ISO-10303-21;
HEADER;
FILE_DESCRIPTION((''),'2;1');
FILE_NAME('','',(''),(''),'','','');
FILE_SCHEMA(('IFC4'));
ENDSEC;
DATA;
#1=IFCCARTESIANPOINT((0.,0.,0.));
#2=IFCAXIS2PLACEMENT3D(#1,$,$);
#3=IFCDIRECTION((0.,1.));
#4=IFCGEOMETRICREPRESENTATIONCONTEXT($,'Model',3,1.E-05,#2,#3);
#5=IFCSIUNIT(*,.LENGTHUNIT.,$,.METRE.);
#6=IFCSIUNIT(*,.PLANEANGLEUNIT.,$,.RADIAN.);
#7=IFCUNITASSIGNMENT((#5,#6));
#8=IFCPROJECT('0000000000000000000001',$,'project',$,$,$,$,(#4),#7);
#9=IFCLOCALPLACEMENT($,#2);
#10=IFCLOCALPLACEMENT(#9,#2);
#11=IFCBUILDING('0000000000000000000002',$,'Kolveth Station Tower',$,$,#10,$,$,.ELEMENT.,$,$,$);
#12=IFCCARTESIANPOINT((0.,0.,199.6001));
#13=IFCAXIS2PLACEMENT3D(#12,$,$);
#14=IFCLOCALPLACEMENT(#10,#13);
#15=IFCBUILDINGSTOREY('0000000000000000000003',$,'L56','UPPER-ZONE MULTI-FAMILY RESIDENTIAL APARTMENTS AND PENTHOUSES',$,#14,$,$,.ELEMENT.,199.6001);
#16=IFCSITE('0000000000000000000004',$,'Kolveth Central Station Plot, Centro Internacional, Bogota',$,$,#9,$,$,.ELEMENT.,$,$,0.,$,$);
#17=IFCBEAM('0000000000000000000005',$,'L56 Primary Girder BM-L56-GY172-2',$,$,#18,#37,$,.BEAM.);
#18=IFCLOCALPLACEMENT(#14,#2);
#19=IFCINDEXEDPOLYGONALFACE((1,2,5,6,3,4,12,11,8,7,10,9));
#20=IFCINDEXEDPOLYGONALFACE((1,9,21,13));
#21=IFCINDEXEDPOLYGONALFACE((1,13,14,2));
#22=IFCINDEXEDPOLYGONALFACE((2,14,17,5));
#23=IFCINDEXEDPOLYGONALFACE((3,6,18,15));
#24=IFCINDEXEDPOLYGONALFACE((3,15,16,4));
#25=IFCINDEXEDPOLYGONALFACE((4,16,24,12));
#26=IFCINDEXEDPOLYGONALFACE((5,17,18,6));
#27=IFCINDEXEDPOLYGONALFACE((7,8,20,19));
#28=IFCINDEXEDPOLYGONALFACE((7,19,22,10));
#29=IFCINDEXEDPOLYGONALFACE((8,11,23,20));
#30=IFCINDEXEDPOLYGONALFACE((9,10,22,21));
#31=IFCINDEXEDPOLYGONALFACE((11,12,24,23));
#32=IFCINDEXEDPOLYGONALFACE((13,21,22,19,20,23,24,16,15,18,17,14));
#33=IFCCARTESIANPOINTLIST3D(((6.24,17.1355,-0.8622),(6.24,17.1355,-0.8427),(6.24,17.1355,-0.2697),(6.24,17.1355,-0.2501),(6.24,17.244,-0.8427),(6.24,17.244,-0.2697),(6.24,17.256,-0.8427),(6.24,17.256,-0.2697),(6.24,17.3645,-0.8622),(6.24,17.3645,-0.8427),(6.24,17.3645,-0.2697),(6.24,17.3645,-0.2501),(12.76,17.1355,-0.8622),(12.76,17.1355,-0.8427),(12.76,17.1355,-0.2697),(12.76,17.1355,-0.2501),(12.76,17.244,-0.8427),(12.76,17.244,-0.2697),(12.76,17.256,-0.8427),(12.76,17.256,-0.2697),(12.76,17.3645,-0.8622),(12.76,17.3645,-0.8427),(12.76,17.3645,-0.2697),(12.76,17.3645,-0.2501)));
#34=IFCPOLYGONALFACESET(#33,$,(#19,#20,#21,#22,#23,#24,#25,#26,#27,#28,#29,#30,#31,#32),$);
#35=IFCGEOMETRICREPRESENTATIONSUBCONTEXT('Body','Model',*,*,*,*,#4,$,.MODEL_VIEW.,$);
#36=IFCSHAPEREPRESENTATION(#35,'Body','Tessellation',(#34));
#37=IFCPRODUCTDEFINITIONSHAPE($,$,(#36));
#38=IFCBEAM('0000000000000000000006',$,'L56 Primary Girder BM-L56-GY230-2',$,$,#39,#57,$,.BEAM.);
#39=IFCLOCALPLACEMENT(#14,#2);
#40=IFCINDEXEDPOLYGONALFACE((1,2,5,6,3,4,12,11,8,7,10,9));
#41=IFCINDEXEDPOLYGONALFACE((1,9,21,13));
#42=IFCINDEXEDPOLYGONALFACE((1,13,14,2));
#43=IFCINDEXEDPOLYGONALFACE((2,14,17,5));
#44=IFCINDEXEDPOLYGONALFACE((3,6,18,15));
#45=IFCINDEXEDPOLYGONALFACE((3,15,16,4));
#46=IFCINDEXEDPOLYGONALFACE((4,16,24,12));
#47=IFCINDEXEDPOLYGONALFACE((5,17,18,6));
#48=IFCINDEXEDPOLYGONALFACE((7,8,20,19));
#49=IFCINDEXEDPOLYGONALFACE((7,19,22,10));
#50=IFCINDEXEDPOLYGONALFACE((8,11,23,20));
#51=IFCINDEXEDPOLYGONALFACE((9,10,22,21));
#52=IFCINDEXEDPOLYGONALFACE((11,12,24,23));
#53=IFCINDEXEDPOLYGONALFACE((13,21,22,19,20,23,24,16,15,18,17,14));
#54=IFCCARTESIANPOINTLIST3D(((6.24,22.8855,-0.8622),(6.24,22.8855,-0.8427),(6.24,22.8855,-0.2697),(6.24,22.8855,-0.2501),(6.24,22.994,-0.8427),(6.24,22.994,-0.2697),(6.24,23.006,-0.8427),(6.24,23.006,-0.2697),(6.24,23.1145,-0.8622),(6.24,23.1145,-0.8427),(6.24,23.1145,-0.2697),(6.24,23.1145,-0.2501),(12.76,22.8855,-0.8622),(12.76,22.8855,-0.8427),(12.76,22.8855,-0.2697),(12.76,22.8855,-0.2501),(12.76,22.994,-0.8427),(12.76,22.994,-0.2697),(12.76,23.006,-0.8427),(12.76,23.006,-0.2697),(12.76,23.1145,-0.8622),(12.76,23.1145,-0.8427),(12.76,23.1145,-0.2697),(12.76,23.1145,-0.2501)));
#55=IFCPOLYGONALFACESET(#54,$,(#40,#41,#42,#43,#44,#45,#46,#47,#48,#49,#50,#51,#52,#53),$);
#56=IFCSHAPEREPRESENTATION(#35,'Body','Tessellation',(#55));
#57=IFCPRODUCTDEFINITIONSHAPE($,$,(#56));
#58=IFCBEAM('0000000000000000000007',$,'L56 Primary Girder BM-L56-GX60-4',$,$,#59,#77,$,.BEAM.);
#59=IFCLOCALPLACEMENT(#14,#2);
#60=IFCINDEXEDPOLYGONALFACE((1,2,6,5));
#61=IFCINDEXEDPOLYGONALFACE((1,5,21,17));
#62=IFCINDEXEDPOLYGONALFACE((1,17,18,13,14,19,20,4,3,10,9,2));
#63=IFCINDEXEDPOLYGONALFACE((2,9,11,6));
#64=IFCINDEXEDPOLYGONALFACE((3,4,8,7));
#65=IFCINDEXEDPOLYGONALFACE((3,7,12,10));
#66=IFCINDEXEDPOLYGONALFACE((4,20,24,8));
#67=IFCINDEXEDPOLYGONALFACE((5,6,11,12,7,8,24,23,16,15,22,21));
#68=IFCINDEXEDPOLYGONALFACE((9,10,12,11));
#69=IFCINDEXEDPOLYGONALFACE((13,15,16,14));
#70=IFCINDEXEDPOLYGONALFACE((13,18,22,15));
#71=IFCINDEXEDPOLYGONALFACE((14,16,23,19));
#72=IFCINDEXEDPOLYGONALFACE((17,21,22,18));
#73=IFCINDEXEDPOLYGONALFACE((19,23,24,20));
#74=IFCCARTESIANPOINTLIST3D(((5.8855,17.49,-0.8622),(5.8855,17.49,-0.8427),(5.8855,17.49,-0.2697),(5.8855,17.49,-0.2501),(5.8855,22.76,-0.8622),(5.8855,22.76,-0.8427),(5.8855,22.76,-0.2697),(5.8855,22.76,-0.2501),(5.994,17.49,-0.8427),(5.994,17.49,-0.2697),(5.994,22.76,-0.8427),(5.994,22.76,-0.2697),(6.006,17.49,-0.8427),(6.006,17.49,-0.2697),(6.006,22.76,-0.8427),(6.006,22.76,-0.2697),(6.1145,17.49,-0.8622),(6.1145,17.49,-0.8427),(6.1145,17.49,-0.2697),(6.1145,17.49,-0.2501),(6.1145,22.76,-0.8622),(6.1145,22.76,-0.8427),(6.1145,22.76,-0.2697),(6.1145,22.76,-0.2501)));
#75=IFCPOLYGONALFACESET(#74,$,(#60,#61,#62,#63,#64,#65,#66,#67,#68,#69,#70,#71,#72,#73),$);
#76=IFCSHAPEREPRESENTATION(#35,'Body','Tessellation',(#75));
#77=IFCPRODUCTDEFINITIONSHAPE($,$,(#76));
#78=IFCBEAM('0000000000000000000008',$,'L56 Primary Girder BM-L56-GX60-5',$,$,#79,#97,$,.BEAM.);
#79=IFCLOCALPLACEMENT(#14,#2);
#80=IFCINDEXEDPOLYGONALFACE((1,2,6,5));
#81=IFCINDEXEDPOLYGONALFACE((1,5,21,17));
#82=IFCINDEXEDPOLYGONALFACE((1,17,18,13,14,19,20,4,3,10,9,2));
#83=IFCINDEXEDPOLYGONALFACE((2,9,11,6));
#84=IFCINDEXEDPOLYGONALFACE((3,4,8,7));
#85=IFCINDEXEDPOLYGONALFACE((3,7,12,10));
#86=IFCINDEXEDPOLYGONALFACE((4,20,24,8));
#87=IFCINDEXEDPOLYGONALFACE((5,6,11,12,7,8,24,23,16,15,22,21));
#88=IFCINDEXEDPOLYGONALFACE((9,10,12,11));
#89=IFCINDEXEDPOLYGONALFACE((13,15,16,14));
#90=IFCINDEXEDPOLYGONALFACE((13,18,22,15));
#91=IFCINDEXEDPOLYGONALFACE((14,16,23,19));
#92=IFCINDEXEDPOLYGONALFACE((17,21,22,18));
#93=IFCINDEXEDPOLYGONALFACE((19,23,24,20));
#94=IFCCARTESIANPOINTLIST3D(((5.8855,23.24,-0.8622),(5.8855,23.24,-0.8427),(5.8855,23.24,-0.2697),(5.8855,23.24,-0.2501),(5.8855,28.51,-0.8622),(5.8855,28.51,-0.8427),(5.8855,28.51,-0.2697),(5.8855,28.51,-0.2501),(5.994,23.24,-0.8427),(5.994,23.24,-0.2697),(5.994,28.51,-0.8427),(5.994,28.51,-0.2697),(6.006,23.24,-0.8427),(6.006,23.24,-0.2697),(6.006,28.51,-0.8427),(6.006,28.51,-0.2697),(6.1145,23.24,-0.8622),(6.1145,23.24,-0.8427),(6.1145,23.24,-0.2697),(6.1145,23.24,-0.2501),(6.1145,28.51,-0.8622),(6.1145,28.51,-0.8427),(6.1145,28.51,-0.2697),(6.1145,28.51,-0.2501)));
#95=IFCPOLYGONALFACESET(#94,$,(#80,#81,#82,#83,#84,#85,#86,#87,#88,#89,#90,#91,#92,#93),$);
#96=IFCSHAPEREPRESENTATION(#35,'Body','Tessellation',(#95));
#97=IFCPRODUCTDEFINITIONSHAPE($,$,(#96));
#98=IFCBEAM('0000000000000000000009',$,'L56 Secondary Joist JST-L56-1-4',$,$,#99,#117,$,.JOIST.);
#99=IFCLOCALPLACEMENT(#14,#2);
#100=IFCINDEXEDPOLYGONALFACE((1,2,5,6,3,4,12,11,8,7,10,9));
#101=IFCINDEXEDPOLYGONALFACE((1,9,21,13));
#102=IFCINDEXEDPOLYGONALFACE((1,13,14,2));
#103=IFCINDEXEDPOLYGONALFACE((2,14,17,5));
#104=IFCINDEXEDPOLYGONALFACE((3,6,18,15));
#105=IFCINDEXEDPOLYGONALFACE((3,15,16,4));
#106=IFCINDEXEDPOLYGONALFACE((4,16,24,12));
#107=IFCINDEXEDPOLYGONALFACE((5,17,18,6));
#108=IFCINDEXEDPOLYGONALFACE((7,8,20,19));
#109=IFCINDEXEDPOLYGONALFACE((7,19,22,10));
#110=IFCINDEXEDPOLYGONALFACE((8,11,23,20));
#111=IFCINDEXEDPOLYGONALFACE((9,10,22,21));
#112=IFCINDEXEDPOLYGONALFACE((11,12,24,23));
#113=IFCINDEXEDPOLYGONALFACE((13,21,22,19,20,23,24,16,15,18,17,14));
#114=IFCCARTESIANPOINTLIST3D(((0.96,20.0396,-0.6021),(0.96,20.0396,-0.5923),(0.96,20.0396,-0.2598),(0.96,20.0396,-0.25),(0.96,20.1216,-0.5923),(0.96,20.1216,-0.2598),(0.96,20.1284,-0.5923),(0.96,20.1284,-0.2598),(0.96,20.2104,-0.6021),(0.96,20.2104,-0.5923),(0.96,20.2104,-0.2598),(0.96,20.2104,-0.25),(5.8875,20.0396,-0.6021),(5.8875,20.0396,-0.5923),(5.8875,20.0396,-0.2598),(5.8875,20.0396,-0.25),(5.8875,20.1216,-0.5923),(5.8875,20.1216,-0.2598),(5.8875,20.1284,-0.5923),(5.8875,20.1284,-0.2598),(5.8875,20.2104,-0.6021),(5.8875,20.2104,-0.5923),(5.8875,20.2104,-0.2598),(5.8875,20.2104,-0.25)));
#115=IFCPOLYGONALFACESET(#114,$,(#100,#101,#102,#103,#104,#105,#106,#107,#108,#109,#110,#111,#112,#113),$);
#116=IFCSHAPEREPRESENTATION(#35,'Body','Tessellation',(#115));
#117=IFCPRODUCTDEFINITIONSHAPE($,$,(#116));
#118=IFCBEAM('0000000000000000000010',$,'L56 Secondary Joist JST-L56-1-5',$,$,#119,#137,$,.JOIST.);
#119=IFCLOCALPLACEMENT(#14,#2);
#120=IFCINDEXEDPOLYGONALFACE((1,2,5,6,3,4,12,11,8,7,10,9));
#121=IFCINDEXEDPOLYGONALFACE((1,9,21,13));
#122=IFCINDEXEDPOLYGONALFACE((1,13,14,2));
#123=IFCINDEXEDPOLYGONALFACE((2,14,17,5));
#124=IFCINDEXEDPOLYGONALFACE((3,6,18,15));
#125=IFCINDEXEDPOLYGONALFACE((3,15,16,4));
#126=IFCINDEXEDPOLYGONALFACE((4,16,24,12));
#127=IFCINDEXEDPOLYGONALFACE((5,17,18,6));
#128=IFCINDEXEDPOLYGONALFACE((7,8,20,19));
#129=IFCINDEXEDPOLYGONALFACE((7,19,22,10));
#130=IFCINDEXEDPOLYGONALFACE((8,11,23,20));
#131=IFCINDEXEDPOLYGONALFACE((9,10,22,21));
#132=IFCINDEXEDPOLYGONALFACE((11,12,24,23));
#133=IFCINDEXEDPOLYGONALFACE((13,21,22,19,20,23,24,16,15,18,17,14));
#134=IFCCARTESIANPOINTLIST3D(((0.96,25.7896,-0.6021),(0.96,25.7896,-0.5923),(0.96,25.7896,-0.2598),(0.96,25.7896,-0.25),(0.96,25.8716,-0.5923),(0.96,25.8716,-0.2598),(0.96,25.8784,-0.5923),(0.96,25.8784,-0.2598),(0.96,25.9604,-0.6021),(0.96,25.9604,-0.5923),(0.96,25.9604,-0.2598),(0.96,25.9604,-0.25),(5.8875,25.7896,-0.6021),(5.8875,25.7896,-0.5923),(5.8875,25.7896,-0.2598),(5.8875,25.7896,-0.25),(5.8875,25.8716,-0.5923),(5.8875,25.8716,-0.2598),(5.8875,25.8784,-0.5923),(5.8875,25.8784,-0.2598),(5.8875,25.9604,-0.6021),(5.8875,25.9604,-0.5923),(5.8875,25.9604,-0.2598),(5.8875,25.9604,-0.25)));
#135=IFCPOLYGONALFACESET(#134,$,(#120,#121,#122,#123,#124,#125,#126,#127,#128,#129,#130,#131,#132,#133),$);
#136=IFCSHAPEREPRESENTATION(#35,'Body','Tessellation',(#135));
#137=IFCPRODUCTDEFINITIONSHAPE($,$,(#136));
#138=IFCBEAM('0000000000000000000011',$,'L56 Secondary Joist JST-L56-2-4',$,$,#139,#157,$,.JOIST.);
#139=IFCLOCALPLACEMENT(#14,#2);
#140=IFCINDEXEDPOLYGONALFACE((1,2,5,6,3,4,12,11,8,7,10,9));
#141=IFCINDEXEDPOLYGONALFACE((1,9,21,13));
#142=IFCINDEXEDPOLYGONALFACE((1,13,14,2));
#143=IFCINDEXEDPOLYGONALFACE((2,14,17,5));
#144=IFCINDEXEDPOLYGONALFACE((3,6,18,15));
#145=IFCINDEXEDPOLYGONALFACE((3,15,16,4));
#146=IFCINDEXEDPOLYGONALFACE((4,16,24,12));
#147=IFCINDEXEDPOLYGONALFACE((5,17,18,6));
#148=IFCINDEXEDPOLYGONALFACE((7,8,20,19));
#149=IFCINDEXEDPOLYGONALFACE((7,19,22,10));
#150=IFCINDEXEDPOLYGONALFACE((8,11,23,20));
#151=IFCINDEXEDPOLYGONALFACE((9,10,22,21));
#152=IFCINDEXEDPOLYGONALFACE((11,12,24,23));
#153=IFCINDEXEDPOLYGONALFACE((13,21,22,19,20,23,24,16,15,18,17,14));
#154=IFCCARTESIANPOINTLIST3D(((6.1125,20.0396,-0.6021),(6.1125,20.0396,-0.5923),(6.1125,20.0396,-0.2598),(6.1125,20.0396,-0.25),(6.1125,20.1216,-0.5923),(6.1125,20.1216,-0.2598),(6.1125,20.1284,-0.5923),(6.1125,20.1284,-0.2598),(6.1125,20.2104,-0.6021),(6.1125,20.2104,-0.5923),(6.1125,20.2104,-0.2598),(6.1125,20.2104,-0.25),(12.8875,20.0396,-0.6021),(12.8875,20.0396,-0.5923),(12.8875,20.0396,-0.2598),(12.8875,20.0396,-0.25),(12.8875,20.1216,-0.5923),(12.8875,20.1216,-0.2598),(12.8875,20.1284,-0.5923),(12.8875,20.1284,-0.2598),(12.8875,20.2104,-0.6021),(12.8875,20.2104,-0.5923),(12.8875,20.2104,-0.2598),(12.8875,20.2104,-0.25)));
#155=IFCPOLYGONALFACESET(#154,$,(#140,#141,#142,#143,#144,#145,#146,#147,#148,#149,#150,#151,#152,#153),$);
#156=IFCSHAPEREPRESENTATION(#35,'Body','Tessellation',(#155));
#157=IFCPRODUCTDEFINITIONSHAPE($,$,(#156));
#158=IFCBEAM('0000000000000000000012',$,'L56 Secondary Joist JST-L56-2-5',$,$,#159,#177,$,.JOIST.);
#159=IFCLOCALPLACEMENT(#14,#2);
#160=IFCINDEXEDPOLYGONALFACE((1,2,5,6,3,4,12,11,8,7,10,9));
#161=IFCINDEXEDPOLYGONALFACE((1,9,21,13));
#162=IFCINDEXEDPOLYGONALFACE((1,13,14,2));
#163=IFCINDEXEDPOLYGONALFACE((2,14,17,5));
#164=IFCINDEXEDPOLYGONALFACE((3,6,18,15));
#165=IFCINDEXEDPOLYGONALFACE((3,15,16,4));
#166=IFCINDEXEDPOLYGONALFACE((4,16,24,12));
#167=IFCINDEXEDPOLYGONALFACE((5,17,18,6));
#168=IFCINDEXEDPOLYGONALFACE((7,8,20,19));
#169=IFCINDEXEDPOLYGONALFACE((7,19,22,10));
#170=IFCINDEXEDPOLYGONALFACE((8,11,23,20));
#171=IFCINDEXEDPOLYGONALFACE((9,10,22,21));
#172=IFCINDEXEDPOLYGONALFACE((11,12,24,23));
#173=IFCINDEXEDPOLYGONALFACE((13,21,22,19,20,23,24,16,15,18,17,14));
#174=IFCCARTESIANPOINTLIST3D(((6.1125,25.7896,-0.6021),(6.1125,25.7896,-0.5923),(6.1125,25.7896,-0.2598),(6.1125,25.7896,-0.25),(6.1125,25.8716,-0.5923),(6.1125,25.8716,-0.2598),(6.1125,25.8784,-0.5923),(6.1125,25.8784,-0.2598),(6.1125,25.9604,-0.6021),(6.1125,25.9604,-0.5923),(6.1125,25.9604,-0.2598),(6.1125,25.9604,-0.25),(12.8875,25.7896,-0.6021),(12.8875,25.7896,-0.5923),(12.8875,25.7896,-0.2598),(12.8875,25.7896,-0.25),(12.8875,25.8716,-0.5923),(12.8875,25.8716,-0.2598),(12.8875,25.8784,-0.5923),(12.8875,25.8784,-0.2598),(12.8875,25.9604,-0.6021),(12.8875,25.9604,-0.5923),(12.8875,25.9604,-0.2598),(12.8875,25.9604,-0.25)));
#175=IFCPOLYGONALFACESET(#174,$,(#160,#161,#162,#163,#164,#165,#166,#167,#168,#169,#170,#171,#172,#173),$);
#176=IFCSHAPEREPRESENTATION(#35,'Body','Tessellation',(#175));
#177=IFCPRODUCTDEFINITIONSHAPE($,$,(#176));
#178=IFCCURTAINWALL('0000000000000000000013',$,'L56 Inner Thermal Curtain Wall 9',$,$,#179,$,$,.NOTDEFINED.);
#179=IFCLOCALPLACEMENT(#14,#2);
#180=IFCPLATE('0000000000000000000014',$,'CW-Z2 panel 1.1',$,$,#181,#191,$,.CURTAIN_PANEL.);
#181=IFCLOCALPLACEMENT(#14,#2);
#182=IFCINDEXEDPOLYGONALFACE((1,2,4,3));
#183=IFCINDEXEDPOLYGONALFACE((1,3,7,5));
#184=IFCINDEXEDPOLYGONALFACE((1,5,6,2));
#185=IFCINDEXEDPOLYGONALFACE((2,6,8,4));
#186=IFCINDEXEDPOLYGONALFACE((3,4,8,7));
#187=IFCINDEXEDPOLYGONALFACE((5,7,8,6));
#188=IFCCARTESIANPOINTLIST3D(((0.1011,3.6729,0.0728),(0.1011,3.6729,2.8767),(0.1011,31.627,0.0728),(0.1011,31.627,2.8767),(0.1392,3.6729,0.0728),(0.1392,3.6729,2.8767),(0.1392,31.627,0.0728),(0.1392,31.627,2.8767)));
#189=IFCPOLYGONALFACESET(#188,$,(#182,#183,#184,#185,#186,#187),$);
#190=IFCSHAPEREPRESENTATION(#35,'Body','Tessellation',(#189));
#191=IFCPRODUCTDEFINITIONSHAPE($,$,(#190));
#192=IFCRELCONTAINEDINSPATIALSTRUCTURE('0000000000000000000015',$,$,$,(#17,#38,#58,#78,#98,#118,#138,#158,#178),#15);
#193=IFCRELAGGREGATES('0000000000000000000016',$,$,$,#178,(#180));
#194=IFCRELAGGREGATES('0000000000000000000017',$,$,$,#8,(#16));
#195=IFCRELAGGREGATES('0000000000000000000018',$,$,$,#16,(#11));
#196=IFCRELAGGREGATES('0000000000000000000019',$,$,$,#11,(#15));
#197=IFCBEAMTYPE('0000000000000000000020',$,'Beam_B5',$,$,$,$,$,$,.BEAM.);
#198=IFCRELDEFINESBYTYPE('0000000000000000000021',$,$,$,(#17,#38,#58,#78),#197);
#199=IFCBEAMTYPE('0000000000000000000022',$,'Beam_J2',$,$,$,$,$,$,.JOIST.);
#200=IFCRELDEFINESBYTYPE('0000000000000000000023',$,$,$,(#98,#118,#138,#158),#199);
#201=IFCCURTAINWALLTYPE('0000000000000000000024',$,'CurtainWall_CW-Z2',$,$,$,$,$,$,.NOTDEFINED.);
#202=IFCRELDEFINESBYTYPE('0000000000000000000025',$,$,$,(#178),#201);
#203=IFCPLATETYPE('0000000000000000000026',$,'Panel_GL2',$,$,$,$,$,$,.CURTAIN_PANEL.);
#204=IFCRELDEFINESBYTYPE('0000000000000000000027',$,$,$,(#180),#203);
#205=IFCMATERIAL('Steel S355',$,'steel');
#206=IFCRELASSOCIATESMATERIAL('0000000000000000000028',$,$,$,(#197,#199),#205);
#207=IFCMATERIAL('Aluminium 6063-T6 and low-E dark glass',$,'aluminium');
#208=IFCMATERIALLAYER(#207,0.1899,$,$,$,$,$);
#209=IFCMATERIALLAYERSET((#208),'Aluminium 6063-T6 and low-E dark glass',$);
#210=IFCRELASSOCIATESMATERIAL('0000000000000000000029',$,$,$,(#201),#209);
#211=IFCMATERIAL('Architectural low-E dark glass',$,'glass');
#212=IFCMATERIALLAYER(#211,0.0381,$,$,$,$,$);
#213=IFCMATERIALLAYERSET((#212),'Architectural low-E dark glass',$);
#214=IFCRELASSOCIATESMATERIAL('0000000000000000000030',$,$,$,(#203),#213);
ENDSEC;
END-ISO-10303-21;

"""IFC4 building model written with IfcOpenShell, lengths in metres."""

from ifc_helpers import new_model, si_unit, direction, frame, origin, origin_2d, place, context, subcontext, project, spatial, rectangle, i_section, extrude, source, transform, mapped, material, layer, layer_set, material_profile, profile_set, type_object, element, aggregate, save


model = new_model("IFC4")

# Units and contexts
model_context = context("Model", 3, precision=1e-05, world=origin(), true_north=direction((0.0, 1.0)))
body_context = subcontext(model_context, "Body", "Model", "MODEL_VIEW")
ifc_project = project(units=[si_unit("LENGTHUNIT", "METRE"), si_unit("PLANEANGLEUNIT", "RADIAN")], contexts=[model_context])

# Site, building, storey
site_placement = place(None, origin())
site = spatial("IfcSite", under=ifc_project, at=site_placement, Name="Kolveth Central Station Plot, Centro Internacional, Bogota", CompositionType="ELEMENT", RefElevation=0.0)
building_placement = place(site_placement, origin())
building = spatial("IfcBuilding", under=site, at=building_placement, Name="Kolveth Station Tower", CompositionType="ELEMENT")
storey_placement = place(building_placement, frame((0.0, 0.0, 199.6001)))
storey = spatial("IfcBuildingStorey", under=building, at=storey_placement, Name="L56", Description="UPPER-ZONE MULTI-FAMILY RESIDENTIAL APARTMENTS AND PENTHOUSES", CompositionType="ELEMENT", Elevation=199.6001)

# Shared definitions
ifc_material_1 = material(Name="Steel S355", Category="steel")

# Beams
ifc_material_profile_1 = material_profile(ifc_material_1, i_section(OverallWidth=0.229, OverallDepth=0.6121, WebThickness=0.012, FlangeThickness=0.0195, at=origin_2d()), Name="W610x125")
ifc_profile_set_1 = profile_set([ifc_material_profile_1], Name="Steel S355")
beam_type_1 = type_object("IfcBeamType", Name="Beam_B5", PredefinedType="BEAM", material=ifc_profile_set_1)
shared_shape_1 = source(origin(), body_context, "Body", "SweptSolid", [
    extrude(i_section(OverallWidth=0.229, OverallDepth=0.6121, WebThickness=0.012, FlangeThickness=0.0195, at=origin_2d()), origin(), (0.0, 0.0, 1.0), 6.52),
])
for number, where, z_axis, x_axis, name in (
    (1, (6.24, 17.25, -0.5562), (1.0, 0.0, 0.0), (0.0, 1.0, 0.0), "L56 Primary Girder BM-L56-GY172-2"),
    (2, (6.24, 23.0, -0.5562), (1.0, 0.0, 0.0), (0.0, 1.0, 0.0), "L56 Primary Girder BM-L56-GY230-2"),
):
    element("IfcBeam", number, at=place(storey_placement, frame(where, z_axis=z_axis, x_axis=x_axis)), inside=storey, type_object=beam_type_1, Name=name, PredefinedType="BEAM", context=body_context, shape_type="MappedRepresentation", body=[
        mapped(shared_shape_1, transform((0.0, 0.0, 0.0), x_axis=(1.0, 0.0, 0.0), y_axis=(0.0, 1.0, 0.0), z_axis=(0.0, 0.0, 1.0), scale=1.0)),
    ])
shared_shape_2 = source(origin(), body_context, "Body", "SweptSolid", [
    extrude(i_section(OverallWidth=0.229, OverallDepth=0.6121, WebThickness=0.012, FlangeThickness=0.0195, at=origin_2d()), origin(), (0.0, 0.0, 1.0), 5.27),
])
for number, where, z_axis, x_axis, name in (
    (3, (6.0, 17.49, -0.5562), (0.0, 1.0, 0.0), (-1.0, 0.0, 0.0), "L56 Primary Girder BM-L56-GX60-4"),
    (4, (6.0, 23.24, -0.5562), (0.0, 1.0, 0.0), (-1.0, 0.0, 0.0), "L56 Primary Girder BM-L56-GX60-5"),
):
    element("IfcBeam", number, at=place(storey_placement, frame(where, z_axis=z_axis, x_axis=x_axis)), inside=storey, type_object=beam_type_1, Name=name, PredefinedType="BEAM", context=body_context, shape_type="MappedRepresentation", body=[
        mapped(shared_shape_2, transform((0.0, 0.0, 0.0), x_axis=(1.0, 0.0, 0.0), y_axis=(0.0, 1.0, 0.0), z_axis=(0.0, 0.0, 1.0), scale=1.0)),
    ])
ifc_material_profile_2 = material_profile(ifc_material_1, i_section(OverallWidth=0.1709, OverallDepth=0.3521, WebThickness=0.0068, FlangeThickness=0.0098, at=origin_2d()), Name="W360x44")
ifc_profile_set_2 = profile_set([ifc_material_profile_2], Name="Steel S355")
beam_type_2 = type_object("IfcBeamType", Name="Beam_J2", PredefinedType="JOIST", material=ifc_profile_set_2)
shared_shape_3 = source(origin(), body_context, "Body", "SweptSolid", [
    extrude(i_section(OverallWidth=0.1709, OverallDepth=0.3521, WebThickness=0.0068, FlangeThickness=0.0098, at=origin_2d()), origin(), (0.0, 0.0, 1.0), 4.9275),
])
for number, where, z_axis, x_axis, name in (
    (5, (0.96, 20.125, -0.426), (1.0, 0.0, 0.0), (0.0, 1.0, 0.0), "L56 Secondary Joist JST-L56-1-4"),
    (6, (0.96, 25.875, -0.426), (1.0, 0.0, 0.0), (0.0, 1.0, 0.0), "L56 Secondary Joist JST-L56-1-5"),
):
    element("IfcBeam", number, at=place(storey_placement, frame(where, z_axis=z_axis, x_axis=x_axis)), inside=storey, type_object=beam_type_2, Name=name, PredefinedType="JOIST", context=body_context, shape_type="MappedRepresentation", body=[
        mapped(shared_shape_3, transform((0.0, 0.0, 0.0), x_axis=(1.0, 0.0, 0.0), y_axis=(0.0, 1.0, 0.0), z_axis=(0.0, 0.0, 1.0), scale=1.0)),
    ])
shared_shape_4 = source(origin(), body_context, "Body", "SweptSolid", [
    extrude(i_section(OverallWidth=0.1709, OverallDepth=0.3521, WebThickness=0.0068, FlangeThickness=0.0098, at=origin_2d()), origin(), (0.0, 0.0, 1.0), 6.7749),
])
for number, where, z_axis, x_axis, name in (
    (7, (6.1125, 20.125, -0.426), (1.0, 0.0, 0.0), (0.0, 1.0, 0.0), "L56 Secondary Joist JST-L56-2-4"),
    (8, (6.1125, 25.875, -0.426), (1.0, 0.0, 0.0), (0.0, 1.0, 0.0), "L56 Secondary Joist JST-L56-2-5"),
):
    element("IfcBeam", number, at=place(storey_placement, frame(where, z_axis=z_axis, x_axis=x_axis)), inside=storey, type_object=beam_type_2, Name=name, PredefinedType="JOIST", context=body_context, shape_type="MappedRepresentation", body=[
        mapped(shared_shape_4, transform((0.0, 0.0, 0.0), x_axis=(1.0, 0.0, 0.0), y_axis=(0.0, 1.0, 0.0), z_axis=(0.0, 0.0, 1.0), scale=1.0)),
    ])

# Curtain wall, plate
ifc_material_2 = material(Name="Aluminium 6063-T6 and low-E dark glass", Category="aluminium")
ifc_layer_1 = layer(ifc_material_2, 0.1899)
ifc_layer_set_1 = layer_set([ifc_layer_1], Name="Aluminium 6063-T6 and low-E dark glass")
curtain_wall_type_1 = type_object("IfcCurtainWallType", Name="CurtainWall_CW-Z2", PredefinedType="NOTDEFINED", material=ifc_layer_set_1)
curtain_wall_1_placement = place(storey_placement, origin())
curtain_wall_1 = element("IfcCurtainWall", 9, at=curtain_wall_1_placement, inside=storey, type_object=curtain_wall_type_1, Name="L56 Inner Thermal Curtain Wall 9", PredefinedType="NOTDEFINED")
ifc_material_3 = material(Name="Architectural low-E dark glass", Category="glass")
ifc_layer_2 = layer(ifc_material_3, 0.0381)
ifc_layer_set_2 = layer_set([ifc_layer_2], Name="Architectural low-E dark glass")
plate_type_1 = type_object("IfcPlateType", Name="Panel_GL2", PredefinedType="CURTAIN_PANEL", material=ifc_layer_set_2)
shared_shape_5 = source(origin(), body_context, "Body", "SweptSolid", [
    extrude(rectangle(XDim=27.9541, YDim=0.0381, at=origin_2d()), origin(), (0.0, 0.0, 1.0), 2.804),
])
plate_1_placement = place(storey_placement, frame((0.1201, 17.6499, 0.0728), z_axis=(0.0, 0.0, 1.0), x_axis=(0.0, -1.0, 0.0)))
plate_1 = element("IfcPlate", 10, at=plate_1_placement, type_object=plate_type_1, Name="CW-Z2 panel 1.1", PredefinedType="CURTAIN_PANEL", context=body_context, shape_type="MappedRepresentation", body=[
    mapped(shared_shape_5, transform((0.0, 0.0, 0.0), x_axis=(1.0, 0.0, 0.0), y_axis=(0.0, 1.0, 0.0), z_axis=(0.0, 0.0, 1.0), scale=1.0)),
])
aggregate(curtain_wall_1, [plate_1])

save(model, "model.ifc")
